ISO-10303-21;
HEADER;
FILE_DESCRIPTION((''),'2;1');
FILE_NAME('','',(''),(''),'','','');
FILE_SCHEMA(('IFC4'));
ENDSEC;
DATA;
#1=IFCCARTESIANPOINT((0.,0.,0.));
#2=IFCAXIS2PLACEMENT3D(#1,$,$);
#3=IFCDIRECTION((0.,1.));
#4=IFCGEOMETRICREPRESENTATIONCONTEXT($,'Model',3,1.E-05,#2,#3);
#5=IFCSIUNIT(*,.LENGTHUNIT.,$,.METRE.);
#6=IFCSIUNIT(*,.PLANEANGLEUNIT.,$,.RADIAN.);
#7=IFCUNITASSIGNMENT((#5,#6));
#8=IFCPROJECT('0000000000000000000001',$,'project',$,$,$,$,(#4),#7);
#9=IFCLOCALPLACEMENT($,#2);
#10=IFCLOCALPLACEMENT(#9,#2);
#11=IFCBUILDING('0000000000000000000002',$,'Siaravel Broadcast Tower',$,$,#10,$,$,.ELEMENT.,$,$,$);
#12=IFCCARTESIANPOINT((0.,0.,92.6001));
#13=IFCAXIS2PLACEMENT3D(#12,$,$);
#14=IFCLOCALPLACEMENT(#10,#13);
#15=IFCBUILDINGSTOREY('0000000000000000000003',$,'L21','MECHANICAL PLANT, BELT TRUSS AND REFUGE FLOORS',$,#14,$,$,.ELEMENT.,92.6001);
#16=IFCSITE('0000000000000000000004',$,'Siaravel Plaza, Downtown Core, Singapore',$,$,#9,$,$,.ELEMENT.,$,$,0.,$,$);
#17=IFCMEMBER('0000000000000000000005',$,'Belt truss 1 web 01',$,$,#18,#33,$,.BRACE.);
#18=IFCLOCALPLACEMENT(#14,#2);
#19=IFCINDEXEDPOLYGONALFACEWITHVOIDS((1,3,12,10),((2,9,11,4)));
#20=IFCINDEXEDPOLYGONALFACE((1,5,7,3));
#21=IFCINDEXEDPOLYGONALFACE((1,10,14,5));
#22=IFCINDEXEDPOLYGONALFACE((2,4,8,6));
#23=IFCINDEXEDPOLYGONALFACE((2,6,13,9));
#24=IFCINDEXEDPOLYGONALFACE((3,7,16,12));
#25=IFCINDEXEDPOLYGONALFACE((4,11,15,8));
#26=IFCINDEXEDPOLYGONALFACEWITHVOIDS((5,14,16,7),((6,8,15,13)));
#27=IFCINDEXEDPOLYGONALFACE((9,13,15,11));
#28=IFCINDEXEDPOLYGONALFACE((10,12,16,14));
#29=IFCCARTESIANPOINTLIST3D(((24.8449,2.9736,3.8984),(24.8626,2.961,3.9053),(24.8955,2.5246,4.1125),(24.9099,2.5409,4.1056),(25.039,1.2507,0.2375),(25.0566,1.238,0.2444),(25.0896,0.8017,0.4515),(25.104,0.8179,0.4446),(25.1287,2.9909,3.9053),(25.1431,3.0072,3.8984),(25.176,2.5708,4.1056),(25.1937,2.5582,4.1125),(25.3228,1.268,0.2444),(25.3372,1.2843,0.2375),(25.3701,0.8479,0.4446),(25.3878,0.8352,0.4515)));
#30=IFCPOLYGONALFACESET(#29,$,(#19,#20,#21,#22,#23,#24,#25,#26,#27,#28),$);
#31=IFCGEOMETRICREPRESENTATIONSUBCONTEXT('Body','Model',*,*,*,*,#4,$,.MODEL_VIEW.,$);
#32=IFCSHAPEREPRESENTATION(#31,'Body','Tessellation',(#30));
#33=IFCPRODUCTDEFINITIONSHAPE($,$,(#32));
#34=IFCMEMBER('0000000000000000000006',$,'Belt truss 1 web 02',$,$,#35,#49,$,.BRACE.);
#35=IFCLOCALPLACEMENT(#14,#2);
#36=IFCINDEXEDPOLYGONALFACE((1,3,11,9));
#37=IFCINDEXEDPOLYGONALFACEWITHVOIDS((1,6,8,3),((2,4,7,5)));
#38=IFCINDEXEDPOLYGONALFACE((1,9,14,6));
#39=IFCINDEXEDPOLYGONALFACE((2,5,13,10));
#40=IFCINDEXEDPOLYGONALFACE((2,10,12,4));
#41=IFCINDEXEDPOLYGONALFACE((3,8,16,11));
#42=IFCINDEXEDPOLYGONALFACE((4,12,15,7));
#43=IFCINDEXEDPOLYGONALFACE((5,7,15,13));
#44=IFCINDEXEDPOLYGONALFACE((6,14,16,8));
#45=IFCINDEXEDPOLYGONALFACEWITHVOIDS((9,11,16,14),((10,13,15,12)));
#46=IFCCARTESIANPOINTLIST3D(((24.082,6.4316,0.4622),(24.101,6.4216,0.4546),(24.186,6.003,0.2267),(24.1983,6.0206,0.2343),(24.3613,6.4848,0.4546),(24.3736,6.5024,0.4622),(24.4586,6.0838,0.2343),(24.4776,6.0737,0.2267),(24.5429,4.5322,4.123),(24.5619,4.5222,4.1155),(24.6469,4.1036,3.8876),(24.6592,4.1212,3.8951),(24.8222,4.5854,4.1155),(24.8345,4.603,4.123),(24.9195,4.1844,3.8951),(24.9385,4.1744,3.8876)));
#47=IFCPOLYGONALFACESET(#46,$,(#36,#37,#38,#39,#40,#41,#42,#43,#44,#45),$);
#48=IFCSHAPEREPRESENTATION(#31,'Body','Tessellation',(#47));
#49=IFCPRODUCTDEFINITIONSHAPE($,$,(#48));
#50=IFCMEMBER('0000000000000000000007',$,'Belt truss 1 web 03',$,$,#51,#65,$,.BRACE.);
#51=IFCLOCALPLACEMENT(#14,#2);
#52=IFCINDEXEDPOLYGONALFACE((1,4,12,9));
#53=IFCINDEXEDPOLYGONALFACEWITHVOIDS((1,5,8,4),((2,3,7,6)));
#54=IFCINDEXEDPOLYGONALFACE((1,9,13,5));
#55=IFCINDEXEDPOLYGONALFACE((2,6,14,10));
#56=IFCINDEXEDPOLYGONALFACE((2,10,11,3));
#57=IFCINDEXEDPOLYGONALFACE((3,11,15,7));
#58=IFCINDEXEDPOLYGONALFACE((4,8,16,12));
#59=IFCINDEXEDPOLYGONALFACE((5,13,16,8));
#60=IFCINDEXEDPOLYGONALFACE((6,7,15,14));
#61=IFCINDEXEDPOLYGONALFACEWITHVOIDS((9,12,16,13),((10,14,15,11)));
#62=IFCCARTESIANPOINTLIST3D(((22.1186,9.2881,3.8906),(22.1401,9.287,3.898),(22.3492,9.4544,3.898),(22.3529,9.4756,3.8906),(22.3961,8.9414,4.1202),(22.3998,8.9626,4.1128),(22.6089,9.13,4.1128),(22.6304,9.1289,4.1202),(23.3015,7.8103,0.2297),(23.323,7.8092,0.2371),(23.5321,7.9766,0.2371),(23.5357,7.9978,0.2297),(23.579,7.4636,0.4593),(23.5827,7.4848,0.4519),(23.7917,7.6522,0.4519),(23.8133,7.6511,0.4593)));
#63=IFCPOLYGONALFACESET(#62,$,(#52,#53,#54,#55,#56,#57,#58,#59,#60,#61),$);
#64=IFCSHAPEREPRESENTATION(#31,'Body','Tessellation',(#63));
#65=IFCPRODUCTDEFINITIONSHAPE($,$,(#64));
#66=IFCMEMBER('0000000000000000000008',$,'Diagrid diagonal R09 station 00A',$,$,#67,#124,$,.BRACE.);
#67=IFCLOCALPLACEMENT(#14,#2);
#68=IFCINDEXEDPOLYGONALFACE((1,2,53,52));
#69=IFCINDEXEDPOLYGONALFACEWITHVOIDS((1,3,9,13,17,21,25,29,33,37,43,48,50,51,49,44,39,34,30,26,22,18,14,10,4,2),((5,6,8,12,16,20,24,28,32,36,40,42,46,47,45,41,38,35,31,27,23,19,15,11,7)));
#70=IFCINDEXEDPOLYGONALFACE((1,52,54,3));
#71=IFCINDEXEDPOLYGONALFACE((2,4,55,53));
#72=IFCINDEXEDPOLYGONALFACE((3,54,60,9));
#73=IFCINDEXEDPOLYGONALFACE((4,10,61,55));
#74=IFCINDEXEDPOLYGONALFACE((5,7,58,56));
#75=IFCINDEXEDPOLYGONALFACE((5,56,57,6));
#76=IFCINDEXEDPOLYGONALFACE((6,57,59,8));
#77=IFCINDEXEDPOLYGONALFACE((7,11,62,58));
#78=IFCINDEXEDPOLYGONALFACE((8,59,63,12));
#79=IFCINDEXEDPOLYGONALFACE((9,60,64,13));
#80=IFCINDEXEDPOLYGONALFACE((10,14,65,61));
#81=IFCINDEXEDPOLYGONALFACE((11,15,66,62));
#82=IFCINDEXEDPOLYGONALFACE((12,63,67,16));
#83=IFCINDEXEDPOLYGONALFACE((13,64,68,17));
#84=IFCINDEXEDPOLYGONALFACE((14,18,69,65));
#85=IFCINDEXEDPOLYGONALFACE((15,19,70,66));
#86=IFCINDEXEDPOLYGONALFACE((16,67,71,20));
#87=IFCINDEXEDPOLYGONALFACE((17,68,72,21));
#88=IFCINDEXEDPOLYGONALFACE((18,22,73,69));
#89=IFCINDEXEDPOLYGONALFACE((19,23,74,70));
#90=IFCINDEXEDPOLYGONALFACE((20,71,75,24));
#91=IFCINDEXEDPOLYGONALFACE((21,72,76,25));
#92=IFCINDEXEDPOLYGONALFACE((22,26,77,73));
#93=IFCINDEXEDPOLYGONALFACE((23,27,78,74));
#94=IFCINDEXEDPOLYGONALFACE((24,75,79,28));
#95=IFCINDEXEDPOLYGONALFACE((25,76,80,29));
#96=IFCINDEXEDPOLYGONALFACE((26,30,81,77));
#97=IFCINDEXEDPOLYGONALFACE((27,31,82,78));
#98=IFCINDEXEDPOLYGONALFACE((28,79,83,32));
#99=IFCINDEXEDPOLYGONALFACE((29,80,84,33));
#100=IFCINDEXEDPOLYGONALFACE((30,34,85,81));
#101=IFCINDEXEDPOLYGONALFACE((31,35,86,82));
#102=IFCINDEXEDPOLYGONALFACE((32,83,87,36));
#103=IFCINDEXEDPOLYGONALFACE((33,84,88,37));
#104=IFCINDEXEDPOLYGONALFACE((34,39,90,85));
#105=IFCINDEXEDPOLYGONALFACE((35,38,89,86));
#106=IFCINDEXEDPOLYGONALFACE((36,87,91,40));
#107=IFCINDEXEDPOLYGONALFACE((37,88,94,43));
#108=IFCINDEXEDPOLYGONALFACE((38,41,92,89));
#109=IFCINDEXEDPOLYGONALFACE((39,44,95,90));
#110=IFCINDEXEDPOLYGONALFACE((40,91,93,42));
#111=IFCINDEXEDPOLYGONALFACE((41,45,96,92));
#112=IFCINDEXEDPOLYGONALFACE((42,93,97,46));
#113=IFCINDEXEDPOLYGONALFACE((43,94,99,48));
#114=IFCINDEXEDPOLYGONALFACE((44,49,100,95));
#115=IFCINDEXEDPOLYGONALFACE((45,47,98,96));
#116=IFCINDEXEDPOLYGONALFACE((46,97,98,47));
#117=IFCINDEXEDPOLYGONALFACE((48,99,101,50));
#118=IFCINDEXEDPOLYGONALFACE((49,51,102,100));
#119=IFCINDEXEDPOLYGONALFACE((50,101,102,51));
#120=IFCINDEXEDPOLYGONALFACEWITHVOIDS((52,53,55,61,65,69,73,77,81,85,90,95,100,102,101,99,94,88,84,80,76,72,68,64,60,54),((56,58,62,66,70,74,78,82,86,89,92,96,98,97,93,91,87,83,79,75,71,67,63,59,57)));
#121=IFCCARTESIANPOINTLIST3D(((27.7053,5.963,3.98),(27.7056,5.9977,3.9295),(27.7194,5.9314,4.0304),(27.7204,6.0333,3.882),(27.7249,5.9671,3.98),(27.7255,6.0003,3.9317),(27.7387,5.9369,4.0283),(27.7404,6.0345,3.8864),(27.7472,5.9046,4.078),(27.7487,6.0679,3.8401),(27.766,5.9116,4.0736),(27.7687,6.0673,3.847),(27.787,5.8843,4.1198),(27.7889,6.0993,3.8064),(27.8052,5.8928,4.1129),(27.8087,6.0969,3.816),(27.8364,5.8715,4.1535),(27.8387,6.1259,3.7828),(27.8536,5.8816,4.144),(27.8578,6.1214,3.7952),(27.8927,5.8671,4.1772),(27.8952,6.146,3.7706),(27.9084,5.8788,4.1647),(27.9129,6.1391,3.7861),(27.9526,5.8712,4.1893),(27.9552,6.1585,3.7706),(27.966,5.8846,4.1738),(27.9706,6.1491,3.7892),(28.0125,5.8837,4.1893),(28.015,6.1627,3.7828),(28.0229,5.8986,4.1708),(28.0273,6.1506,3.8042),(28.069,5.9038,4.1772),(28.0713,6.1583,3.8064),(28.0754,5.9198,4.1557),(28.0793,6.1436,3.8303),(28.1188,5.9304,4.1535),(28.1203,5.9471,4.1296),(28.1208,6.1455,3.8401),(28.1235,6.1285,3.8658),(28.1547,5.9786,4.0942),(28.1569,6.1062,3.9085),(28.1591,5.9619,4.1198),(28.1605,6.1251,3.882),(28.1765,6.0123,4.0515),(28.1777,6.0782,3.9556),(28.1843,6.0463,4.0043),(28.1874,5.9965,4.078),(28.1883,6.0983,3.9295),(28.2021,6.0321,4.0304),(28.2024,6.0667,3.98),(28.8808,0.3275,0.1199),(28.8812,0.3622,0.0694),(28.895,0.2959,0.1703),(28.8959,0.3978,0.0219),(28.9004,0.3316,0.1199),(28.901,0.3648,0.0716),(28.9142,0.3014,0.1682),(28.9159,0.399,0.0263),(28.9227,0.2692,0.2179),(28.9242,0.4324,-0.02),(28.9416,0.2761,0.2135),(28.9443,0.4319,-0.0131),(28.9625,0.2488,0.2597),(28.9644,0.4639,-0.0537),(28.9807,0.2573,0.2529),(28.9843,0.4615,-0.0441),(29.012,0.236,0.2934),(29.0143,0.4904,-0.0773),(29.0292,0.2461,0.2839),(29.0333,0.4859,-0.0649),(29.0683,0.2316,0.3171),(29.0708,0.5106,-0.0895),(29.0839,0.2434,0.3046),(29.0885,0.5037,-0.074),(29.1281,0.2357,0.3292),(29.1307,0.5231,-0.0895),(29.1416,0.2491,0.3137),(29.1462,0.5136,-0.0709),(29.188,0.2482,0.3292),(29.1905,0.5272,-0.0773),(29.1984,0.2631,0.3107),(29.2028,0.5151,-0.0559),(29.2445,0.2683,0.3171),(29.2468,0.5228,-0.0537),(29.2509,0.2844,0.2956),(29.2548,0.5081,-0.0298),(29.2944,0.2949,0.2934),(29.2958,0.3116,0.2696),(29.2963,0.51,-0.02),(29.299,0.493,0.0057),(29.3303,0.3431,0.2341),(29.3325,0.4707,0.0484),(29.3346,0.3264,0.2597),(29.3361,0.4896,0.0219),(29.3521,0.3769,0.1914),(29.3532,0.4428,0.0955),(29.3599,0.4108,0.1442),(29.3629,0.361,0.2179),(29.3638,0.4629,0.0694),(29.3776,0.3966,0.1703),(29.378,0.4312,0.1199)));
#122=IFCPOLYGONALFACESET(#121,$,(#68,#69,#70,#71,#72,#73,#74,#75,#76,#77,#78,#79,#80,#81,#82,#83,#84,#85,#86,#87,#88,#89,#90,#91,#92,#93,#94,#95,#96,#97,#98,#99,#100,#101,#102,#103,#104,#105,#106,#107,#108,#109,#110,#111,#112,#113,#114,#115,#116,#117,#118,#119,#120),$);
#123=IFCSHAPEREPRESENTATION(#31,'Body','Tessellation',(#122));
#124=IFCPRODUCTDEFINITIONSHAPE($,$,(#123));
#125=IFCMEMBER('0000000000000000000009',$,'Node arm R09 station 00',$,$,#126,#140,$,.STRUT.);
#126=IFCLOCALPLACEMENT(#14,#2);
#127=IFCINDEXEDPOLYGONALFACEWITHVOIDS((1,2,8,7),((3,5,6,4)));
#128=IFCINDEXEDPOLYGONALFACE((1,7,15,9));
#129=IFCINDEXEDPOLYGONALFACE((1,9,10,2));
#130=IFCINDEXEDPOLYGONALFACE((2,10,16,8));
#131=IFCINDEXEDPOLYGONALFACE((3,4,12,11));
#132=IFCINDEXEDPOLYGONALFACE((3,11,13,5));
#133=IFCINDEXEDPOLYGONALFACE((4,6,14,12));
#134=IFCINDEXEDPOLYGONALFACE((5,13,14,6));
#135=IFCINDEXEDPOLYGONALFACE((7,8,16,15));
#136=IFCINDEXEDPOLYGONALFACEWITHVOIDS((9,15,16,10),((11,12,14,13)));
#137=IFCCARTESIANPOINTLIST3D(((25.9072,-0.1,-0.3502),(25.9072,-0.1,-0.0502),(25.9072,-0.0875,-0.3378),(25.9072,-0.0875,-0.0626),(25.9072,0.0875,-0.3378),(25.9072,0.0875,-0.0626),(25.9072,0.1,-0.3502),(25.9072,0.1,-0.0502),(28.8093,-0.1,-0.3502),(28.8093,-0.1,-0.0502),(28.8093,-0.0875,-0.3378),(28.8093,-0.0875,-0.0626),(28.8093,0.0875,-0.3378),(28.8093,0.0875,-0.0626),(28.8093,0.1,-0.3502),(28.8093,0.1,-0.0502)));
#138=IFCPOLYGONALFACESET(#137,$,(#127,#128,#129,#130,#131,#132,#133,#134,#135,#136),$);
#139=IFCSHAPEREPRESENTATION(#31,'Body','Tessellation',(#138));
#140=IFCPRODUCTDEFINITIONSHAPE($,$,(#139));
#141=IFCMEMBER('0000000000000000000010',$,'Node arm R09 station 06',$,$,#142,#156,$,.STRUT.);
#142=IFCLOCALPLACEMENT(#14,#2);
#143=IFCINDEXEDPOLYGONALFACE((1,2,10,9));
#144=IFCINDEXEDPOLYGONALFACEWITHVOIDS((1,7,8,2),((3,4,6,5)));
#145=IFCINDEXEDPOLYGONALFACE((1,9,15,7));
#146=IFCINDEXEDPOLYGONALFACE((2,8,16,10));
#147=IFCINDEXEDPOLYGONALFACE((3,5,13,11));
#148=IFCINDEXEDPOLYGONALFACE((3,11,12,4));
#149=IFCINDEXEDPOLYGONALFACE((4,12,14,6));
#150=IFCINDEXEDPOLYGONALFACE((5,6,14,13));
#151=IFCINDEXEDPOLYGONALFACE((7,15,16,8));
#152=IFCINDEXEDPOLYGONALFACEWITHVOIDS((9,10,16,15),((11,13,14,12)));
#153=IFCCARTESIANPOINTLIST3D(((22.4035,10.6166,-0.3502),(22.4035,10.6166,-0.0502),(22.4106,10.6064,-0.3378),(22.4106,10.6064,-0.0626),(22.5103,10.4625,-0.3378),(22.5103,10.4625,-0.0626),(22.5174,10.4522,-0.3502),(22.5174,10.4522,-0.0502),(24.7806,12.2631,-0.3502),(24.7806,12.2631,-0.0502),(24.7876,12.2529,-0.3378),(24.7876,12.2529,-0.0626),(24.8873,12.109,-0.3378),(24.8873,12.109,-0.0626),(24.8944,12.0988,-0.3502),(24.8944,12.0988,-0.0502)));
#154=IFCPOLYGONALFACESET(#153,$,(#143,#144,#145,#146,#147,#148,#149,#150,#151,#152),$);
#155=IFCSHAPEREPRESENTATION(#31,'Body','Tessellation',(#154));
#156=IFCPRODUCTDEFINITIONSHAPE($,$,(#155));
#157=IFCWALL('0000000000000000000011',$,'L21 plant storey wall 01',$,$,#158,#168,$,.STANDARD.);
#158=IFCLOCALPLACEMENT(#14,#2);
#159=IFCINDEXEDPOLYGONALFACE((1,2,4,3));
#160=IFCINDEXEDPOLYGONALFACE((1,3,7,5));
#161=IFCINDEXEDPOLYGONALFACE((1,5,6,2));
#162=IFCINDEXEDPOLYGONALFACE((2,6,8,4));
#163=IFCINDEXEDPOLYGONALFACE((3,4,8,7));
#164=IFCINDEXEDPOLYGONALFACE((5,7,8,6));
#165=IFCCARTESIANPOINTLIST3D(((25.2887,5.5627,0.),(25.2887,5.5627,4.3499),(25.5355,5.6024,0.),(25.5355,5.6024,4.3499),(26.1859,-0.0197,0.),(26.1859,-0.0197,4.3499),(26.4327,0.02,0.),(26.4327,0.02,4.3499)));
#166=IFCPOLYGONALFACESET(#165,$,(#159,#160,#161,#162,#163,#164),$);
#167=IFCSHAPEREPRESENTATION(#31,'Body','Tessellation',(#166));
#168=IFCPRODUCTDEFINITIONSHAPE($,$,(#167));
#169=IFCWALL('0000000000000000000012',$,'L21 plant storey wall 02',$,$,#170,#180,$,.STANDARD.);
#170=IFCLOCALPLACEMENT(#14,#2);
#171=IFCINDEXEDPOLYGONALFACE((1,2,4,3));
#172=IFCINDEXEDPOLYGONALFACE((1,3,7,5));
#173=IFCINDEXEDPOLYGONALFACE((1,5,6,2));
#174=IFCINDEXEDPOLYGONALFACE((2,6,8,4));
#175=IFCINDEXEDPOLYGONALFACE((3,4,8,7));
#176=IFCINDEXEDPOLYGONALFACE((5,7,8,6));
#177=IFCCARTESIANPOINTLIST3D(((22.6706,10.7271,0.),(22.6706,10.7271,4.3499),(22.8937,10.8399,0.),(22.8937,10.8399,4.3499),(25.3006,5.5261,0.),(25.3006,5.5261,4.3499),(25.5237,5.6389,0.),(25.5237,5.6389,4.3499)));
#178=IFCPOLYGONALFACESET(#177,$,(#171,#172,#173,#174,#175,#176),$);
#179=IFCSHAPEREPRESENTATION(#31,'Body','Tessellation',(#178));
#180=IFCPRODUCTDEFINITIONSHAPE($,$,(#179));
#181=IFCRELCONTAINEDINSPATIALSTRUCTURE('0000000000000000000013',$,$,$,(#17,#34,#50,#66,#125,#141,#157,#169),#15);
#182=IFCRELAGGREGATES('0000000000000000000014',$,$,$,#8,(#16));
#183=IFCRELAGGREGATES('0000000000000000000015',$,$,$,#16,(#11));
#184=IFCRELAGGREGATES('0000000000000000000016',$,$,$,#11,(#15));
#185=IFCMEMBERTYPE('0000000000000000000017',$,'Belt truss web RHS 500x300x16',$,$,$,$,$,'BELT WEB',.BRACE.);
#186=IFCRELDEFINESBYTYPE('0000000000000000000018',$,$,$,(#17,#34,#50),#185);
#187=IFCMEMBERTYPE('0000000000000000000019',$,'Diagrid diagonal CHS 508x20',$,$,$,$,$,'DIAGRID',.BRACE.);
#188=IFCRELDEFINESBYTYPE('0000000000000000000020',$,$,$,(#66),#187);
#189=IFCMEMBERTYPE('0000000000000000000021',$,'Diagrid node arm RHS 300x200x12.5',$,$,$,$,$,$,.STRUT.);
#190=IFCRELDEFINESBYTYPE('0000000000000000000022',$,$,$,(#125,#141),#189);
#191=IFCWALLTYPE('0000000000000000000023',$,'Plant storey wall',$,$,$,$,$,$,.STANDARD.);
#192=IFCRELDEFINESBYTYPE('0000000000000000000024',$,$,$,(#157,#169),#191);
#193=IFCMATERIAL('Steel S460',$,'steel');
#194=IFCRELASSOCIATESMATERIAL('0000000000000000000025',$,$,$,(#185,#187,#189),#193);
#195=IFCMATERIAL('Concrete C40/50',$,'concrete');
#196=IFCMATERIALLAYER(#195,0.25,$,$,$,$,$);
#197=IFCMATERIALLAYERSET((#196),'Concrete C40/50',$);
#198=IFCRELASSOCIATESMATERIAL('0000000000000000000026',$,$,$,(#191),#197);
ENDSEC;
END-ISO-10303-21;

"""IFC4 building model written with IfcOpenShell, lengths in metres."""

from ifc_helpers import new_model, si_unit, direction, frame, frame_2d, origin, origin_2d, place, context, subcontext, project, spatial, rectangle, hollow_rectangle, hollow_circle, extrude, material, layer, layer_set, material_profile, profile_set, type_object, element, save


model = new_model("IFC4")

# Units and contexts
model_context = context("Model", 3, precision=1e-05, world=origin(), true_north=direction((0.0, 1.0)))
body_context = subcontext(model_context, "Body", "Model", "MODEL_VIEW")
ifc_project = project(units=[si_unit("LENGTHUNIT", "METRE"), si_unit("PLANEANGLEUNIT", "RADIAN")], contexts=[model_context])

# Site, building, storey
site_placement = place(None, origin())
site = spatial("IfcSite", under=ifc_project, at=site_placement, Name="Siaravel Plaza, Downtown Core, Singapore", CompositionType="ELEMENT", RefElevation=0.0)
building_placement = place(site_placement, origin())
building = spatial("IfcBuilding", under=site, at=building_placement, Name="Siaravel Broadcast Tower", CompositionType="ELEMENT")
storey_placement = place(building_placement, frame((0.0, 0.0, 92.6001)))
storey = spatial("IfcBuildingStorey", under=building, at=storey_placement, Name="L21", Description="MECHANICAL PLANT, BELT TRUSS AND REFUGE FLOORS", CompositionType="ELEMENT", Elevation=92.6001)

# Shared definitions
ifc_material_1 = material(Name="Steel S460", Category="steel")

# Members
ifc_material_profile_1 = material_profile(ifc_material_1, hollow_rectangle(XDim=0.3, YDim=0.5, WallThickness=0.0161, at=origin_2d()))
ifc_profile_set_1 = profile_set([ifc_material_profile_1], Name="Steel S460")
member_type_1 = type_object("IfcMemberType", Name="Belt truss web RHS 500x300x16", ElementType="BELT WEB", PredefinedType="BRACE", material=ifc_profile_set_1)
member_1_placement = place(storey_placement, frame((25.2134, 1.043, 0.3445), z_axis=(-0.047916, 0.425334, 0.903767), x_axis=(-0.993714, -0.111946, 0.0)))
element("IfcMember", 1, at=member_1_placement, inside=storey, type_object=member_type_1, Name="Belt truss 1 web 01", PredefinedType="BRACE", context=body_context, shape_type="SweptSolid", body=[
    extrude(hollow_rectangle(XDim=0.3, YDim=0.5, WallThickness=0.0161, at=origin_2d()), origin(), (0.0, 0.0, 1.0), 4.0508),
])
member_2_placement = place(storey_placement, frame((24.2798, 6.2527, 0.3445), z_axis=(0.11107, -0.457692, 0.882146), x_axis=(0.971795, 0.235829, 0.0)))
element("IfcMember", 2, at=member_2_placement, inside=storey, type_object=member_type_1, Name="Belt truss 1 web 02", PredefinedType="BRACE", context=body_context, shape_type="SweptSolid", body=[
    extrude(hollow_rectangle(XDim=0.3, YDim=0.5, WallThickness=0.0161, at=origin_2d()), origin(), (0.0, 0.0, 1.0), 4.1499),
])
member_3_placement = place(storey_placement, frame((23.5574, 7.7307, 0.3445), z_axis=(-0.287012, 0.358572, 0.888285), x_axis=(-0.780705, -0.6249, 0.0)))
element("IfcMember", 3, at=member_3_placement, inside=storey, type_object=member_type_1, Name="Belt truss 1 web 03", PredefinedType="BRACE", context=body_context, shape_type="SweptSolid", body=[
    extrude(hollow_rectangle(XDim=0.3, YDim=0.5, WallThickness=0.0161, at=origin_2d()), origin(), (0.0, 0.0, 1.0), 4.1213),
])
ifc_material_profile_2 = material_profile(ifc_material_1, hollow_circle(Radius=0.2539, WallThickness=0.02, at=origin_2d()))
ifc_profile_set_2 = profile_set([ifc_material_profile_2], Name="Steel S460")
member_type_2 = type_object("IfcMemberType", Name="Diagrid diagonal CHS 508x20", ElementType="DIAGRID", PredefinedType="BRACE", material=ifc_profile_set_2)
member_4_placement = place(storey_placement, frame((29.1294, 0.3794, 0.1199), z_axis=(-0.169601, 0.813066, 0.55692), x_axis=(-0.978929, -0.2042, 0.0)))
element("IfcMember", 4, at=member_4_placement, inside=storey, type_object=member_type_2, Name="Diagrid diagonal R09 station 00A", PredefinedType="BRACE", context=body_context, shape_type="SweptSolid", body=[
    extrude(hollow_circle(Radius=0.2539, WallThickness=0.02, at=origin_2d()), origin(), (0.0, 0.0, 1.0), 6.9312),
])
ifc_material_profile_3 = material_profile(ifc_material_1, hollow_rectangle(XDim=0.2, YDim=0.3, WallThickness=0.0125, at=origin_2d()))
ifc_profile_set_3 = profile_set([ifc_material_profile_3], Name="Steel S460")
member_type_3 = type_object("IfcMemberType", Name="Diagrid node arm RHS 300x200x12.5", PredefinedType="STRUT", material=ifc_profile_set_3)
member_5_placement = place(storey_placement, frame((25.9072, 0.0, -0.2002), z_axis=(1.0, 0.0, 0.0), x_axis=(0.0, 1.0, 0.0)))
element("IfcMember", 5, at=member_5_placement, inside=storey, type_object=member_type_3, Name="Node arm R09 station 00", PredefinedType="STRUT", context=body_context, shape_type="SweptSolid", body=[
    extrude(hollow_rectangle(XDim=0.2, YDim=0.3, WallThickness=0.0125, at=origin_2d()), origin(), (0.0, 0.0, 1.0), 2.9021),
])
member_6_placement = place(storey_placement, frame((22.4604, 10.5344, -0.2002), z_axis=(0.822046, 0.569421, 0.0), x_axis=(-0.569421, 0.822046, 0.0)))
element("IfcMember", 6, at=member_6_placement, inside=storey, type_object=member_type_3, Name="Node arm R09 station 06", PredefinedType="STRUT", context=body_context, shape_type="SweptSolid", body=[
    extrude(hollow_rectangle(XDim=0.2, YDim=0.3, WallThickness=0.0125, at=origin_2d()), origin(), (0.0, 0.0, 1.0), 2.8916),
])

# Walls
ifc_material_2 = material(Name="Concrete C40/50", Category="concrete")
ifc_layer_1 = layer(ifc_material_2, 0.25)
ifc_layer_set_1 = layer_set([ifc_layer_1], Name="Concrete C40/50")
wall_type = type_object("IfcWallType", Name="Plant storey wall", PredefinedType="STANDARD", material=ifc_layer_set_1)
wall_1_placement = place(storey_placement, frame((26.3093, 0.0, 0.0), z_axis=(0.0, 0.0, 1.0), x_axis=(-0.158683, 0.98733, 0.0)))
element("IfcWall", 7, at=wall_1_placement, inside=storey, type_object=wall_type, Name="L21 plant storey wall 01", PredefinedType="STANDARD", context=body_context, shape_type="SweptSolid", body=[
    extrude(rectangle(XDim=5.6541, YDim=0.25, at=frame_2d((2.8271, 0.0))), origin(), (0.0, 0.0, 1.0), 4.3499),
])
wall_2_placement = place(storey_placement, frame((25.4121, 5.5825, 0.0), z_axis=(0.0, 0.0, 1.0), x_axis=(-0.451247, 0.892399, 0.0)))
element("IfcWall", 8, at=wall_2_placement, inside=storey, type_object=wall_type, Name="L21 plant storey wall 02", PredefinedType="STANDARD", context=body_context, shape_type="SweptSolid", body=[
    extrude(rectangle(XDim=5.8281, YDim=0.25, at=frame_2d((2.9141, 0.0))), origin(), (0.0, 0.0, 1.0), 4.3499),
])

save(model, "model.ifc")
